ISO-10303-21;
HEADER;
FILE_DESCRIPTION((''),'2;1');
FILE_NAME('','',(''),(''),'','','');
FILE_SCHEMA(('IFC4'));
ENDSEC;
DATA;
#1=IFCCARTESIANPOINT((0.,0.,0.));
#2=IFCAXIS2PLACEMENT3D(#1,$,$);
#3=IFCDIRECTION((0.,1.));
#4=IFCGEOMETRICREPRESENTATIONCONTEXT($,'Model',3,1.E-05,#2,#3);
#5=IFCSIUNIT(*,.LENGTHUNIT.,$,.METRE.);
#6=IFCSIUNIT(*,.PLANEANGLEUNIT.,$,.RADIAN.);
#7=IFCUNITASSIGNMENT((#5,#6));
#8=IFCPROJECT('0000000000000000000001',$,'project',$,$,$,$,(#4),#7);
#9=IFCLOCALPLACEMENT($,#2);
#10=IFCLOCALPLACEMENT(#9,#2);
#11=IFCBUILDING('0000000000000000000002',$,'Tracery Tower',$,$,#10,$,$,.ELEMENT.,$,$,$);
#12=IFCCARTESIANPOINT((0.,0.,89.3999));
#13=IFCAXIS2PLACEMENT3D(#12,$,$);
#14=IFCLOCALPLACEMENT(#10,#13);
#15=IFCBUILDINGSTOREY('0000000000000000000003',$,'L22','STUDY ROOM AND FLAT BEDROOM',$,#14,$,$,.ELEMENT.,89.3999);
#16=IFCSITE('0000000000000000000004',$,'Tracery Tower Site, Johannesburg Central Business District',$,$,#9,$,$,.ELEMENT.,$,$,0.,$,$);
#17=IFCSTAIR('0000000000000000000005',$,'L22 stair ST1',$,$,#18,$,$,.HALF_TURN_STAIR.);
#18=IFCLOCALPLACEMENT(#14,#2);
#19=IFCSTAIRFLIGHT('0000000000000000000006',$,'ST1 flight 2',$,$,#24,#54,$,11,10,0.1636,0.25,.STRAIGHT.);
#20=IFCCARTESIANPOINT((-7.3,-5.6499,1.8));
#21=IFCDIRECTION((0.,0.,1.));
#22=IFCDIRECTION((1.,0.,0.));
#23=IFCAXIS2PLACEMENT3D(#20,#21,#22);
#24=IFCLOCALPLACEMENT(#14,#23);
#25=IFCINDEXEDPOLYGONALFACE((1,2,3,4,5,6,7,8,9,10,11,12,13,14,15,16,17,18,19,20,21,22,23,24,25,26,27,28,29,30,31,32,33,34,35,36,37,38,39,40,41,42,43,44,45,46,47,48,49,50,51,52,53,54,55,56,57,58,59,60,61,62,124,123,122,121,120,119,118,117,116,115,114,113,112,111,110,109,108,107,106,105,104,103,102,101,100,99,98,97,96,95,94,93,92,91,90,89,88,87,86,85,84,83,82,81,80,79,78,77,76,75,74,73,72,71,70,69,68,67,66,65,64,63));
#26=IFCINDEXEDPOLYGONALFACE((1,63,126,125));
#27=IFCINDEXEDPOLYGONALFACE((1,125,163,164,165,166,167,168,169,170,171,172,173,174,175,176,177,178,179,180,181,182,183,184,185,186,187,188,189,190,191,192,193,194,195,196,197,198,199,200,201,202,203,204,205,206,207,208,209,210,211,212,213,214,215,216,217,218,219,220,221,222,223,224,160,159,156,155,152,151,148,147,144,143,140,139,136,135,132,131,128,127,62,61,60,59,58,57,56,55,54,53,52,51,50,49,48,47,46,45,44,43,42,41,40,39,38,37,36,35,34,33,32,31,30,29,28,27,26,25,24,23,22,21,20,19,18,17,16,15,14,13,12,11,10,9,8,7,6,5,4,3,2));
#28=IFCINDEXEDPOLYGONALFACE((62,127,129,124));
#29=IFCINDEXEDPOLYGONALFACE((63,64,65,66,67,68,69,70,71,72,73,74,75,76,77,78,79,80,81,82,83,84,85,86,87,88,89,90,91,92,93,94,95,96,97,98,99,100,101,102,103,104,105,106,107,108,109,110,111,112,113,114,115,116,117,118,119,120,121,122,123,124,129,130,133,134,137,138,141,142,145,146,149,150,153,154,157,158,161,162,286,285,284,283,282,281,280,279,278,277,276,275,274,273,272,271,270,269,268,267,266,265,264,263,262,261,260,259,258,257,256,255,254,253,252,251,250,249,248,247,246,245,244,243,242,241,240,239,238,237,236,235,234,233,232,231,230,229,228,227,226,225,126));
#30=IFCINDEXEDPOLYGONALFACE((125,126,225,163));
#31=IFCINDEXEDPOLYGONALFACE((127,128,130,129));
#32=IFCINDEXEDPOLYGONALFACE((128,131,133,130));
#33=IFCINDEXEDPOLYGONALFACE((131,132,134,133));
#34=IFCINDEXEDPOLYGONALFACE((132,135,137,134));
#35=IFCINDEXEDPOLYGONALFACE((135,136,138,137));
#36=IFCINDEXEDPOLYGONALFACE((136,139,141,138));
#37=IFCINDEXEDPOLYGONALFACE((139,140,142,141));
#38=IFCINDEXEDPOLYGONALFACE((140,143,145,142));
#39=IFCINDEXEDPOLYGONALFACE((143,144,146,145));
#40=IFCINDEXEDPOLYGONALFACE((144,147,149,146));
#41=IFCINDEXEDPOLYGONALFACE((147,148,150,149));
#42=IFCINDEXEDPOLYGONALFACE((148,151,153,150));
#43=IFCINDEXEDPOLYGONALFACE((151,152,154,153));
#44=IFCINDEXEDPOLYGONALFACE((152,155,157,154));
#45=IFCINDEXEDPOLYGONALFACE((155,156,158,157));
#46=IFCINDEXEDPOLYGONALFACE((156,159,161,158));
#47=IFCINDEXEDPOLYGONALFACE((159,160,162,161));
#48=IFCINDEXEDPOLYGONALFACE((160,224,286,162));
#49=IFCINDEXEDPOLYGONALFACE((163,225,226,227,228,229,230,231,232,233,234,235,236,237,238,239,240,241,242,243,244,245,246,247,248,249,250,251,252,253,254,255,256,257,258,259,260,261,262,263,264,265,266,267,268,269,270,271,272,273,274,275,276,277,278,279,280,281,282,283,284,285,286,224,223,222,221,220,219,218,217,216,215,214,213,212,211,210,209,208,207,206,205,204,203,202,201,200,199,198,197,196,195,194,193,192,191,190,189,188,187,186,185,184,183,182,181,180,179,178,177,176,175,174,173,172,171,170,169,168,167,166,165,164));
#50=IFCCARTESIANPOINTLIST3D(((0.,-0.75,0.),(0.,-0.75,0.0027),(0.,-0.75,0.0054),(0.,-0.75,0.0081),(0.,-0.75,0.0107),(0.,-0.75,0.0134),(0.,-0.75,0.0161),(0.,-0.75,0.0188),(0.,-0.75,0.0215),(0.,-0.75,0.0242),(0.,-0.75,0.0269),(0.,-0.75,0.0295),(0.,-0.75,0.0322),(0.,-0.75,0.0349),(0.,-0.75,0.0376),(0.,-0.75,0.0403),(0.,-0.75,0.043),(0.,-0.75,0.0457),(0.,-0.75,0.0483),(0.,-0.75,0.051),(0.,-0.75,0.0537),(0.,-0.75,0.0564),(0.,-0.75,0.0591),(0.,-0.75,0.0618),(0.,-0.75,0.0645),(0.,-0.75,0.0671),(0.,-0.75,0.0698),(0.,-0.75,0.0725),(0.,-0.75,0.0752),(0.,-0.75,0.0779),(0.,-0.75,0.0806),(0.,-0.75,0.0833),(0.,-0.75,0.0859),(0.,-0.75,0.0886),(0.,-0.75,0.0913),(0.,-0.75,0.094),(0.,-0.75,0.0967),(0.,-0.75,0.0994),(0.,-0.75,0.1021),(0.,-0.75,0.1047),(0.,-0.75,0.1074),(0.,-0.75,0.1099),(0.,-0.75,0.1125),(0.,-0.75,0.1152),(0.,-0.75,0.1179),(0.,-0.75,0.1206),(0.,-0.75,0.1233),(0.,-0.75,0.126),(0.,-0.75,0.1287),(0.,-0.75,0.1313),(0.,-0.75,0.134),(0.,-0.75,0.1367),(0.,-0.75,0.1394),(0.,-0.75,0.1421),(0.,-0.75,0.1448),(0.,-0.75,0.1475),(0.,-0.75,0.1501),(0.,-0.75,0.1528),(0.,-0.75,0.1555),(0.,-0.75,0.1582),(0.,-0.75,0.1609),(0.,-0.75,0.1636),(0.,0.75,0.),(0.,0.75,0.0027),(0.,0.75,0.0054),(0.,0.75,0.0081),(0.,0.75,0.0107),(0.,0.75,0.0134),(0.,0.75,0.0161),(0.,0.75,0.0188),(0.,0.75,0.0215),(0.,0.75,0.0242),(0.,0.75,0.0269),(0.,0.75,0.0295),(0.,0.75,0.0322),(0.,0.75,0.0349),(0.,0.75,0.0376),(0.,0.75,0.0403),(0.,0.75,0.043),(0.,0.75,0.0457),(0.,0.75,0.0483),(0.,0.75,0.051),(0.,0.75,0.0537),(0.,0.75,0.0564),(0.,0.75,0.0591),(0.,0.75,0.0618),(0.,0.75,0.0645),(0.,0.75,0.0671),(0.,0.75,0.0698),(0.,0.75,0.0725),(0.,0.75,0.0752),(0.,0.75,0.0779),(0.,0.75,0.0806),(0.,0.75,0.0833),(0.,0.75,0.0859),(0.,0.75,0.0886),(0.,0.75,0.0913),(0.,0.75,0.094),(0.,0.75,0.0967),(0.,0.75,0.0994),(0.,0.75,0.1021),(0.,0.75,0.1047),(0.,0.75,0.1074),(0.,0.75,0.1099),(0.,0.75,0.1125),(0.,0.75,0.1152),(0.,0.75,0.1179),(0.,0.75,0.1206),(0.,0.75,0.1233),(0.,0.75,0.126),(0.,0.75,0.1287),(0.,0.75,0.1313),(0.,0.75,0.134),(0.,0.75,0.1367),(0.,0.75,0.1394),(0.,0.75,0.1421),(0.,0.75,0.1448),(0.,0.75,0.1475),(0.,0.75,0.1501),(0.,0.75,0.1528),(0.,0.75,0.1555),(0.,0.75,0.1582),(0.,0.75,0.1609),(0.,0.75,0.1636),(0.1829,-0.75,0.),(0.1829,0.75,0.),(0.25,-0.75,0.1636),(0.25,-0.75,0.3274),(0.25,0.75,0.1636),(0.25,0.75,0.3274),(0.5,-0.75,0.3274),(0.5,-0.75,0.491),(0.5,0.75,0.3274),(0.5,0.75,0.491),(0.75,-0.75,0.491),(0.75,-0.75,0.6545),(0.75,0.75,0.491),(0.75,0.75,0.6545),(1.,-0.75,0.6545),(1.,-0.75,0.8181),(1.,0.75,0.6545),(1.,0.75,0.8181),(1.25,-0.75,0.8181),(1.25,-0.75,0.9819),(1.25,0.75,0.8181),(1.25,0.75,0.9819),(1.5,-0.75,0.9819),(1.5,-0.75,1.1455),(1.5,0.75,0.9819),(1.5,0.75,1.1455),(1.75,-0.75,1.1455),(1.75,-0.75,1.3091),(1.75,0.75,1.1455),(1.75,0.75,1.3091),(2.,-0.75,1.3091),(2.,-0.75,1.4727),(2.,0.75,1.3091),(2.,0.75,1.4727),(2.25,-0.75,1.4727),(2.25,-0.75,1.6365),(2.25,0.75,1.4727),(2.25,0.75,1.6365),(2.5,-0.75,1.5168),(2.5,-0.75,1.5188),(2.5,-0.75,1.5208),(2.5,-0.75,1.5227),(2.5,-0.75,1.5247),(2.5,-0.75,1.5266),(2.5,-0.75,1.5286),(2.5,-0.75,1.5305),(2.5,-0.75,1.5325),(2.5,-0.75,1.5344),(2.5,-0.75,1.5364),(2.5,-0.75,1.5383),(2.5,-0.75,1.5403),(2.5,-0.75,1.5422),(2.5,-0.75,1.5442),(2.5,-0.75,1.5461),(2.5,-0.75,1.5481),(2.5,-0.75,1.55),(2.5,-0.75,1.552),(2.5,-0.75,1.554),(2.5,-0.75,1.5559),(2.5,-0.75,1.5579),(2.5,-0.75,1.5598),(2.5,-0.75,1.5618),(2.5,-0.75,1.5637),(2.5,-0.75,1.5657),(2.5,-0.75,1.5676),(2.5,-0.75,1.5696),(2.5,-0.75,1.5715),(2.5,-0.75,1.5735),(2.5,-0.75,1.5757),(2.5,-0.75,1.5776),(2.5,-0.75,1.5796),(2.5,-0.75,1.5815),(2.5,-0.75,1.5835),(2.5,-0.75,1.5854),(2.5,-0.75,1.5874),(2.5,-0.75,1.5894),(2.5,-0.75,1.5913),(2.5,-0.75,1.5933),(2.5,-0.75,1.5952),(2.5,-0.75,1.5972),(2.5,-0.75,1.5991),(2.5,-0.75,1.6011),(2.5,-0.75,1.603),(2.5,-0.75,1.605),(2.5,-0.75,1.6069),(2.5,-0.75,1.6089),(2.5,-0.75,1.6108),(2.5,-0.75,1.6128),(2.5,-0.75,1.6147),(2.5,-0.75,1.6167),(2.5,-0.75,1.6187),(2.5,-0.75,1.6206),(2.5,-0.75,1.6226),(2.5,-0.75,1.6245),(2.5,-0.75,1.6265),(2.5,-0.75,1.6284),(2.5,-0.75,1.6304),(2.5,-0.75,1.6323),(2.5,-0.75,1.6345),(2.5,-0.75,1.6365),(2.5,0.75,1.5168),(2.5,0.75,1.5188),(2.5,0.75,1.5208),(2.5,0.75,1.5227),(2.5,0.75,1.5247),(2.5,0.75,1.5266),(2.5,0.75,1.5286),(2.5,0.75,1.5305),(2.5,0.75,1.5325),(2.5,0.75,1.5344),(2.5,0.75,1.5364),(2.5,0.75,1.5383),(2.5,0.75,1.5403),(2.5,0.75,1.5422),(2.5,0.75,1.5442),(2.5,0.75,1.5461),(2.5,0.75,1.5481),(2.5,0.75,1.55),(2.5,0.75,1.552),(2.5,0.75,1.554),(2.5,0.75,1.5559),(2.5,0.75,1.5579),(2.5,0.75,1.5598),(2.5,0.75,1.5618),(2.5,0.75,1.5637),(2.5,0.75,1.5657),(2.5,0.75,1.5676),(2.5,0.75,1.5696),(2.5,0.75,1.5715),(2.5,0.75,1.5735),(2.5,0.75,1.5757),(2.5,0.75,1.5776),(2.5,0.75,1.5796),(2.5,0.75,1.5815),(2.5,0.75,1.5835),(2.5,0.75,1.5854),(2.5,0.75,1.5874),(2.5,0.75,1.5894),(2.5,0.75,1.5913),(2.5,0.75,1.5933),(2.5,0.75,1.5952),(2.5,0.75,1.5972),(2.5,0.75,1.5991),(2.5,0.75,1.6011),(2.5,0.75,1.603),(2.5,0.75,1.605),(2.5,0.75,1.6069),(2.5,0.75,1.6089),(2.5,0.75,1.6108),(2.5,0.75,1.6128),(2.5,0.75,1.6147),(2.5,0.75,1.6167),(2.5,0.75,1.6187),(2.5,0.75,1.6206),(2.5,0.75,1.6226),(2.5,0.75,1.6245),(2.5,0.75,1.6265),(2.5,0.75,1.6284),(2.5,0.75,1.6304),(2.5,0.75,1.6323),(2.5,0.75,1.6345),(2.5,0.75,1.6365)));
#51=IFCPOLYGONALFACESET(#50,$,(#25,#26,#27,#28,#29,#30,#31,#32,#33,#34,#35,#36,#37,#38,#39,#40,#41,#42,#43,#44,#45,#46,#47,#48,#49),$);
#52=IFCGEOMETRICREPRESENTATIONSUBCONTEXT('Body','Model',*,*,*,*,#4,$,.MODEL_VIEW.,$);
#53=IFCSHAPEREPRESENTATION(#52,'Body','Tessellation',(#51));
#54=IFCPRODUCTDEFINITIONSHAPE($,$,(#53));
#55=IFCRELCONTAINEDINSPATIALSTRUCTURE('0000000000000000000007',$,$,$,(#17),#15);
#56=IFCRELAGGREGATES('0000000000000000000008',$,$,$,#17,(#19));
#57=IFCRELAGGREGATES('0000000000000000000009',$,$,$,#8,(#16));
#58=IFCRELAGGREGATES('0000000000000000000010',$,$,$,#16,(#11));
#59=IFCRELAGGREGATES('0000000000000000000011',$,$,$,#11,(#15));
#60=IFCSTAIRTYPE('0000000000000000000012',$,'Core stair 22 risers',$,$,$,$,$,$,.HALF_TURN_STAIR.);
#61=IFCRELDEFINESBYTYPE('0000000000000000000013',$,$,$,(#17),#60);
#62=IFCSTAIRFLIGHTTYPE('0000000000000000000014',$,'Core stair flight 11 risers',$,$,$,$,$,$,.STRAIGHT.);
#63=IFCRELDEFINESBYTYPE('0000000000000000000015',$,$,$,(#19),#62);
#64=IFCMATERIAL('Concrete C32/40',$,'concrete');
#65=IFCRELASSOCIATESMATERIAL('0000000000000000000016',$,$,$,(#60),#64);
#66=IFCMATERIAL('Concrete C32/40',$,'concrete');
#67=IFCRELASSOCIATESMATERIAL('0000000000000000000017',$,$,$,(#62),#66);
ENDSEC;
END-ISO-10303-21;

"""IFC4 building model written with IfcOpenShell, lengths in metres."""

from ifc_helpers import new_model, si_unit, direction, frame, origin, place, context, subcontext, project, spatial, polyline, outline, extrude, material, type_object, element, aggregate, save


model = new_model("IFC4")

# Units and contexts
model_context = context("Model", 3, precision=1e-05, world=origin(), true_north=direction((0.0, 1.0)))
body_context = subcontext(model_context, "Body", "Model", "MODEL_VIEW")
ifc_project = project(units=[si_unit("LENGTHUNIT", "METRE"), si_unit("PLANEANGLEUNIT", "RADIAN")], contexts=[model_context])

# Site, building, storey
site_placement = place(None, origin())
site = spatial("IfcSite", under=ifc_project, at=site_placement, Name="Tracery Tower Site, Johannesburg Central Business District", CompositionType="ELEMENT", RefElevation=0.0)
building_placement = place(site_placement, origin())
building = spatial("IfcBuilding", under=site, at=building_placement, Name="Tracery Tower", CompositionType="ELEMENT")
storey_placement = place(building_placement, frame((0.0, 0.0, 89.3999)))
storey = spatial("IfcBuildingStorey", under=building, at=storey_placement, Name="L22", Description="STUDY ROOM AND FLAT BEDROOM", CompositionType="ELEMENT", Elevation=89.3999)

# Stair, stair flight
ifc_material_1 = material(Name="Concrete C32/40", Category="concrete")
stair_type = type_object("IfcStairType", Name="Core stair 22 risers", PredefinedType="HALF_TURN_STAIR", material=ifc_material_1)
stair_placement = place(storey_placement, origin())
stair = element("IfcStair", 1, at=stair_placement, inside=storey, type_object=stair_type, Name="L22 stair ST1", PredefinedType="HALF_TURN_STAIR")
ifc_material_2 = material(Name="Concrete C32/40", Category="concrete")
stair_flight_type = type_object("IfcStairFlightType", Name="Core stair flight 11 risers", PredefinedType="STRAIGHT", material=ifc_material_2)
stair_flight_1_placement = place(storey_placement, frame((-7.3, -5.6499, 1.8), z_axis=(0.0, 0.0, 1.0), x_axis=(1.0, 0.0, 0.0)))
stair_flight_1 = element("IfcStairFlight", 2, at=stair_flight_1_placement, type_object=stair_flight_type, Name="ST1 flight 2", NumberOfRisers=11, NumberOfTreads=10, PredefinedType="STRAIGHT", RiserHeight=0.1636, TreadLength=0.25, context=body_context, shape_type="SweptSolid", body=[
    extrude(outline(polyline([(0.0, 0.0), (0.0, 0.0027), (0.0, 0.0054), (0.0, 0.0081), (0.0, 0.0107), (0.0, 0.0134), (0.0, 0.0161), (0.0, 0.0188), (0.0, 0.0215), (0.0, 0.0242), (0.0, 0.0269), (0.0, 0.0295), (0.0, 0.0322), (0.0, 0.0349), (0.0, 0.0376), (0.0, 0.0403), (0.0, 0.043), (0.0, 0.0457), (0.0, 0.0483), (0.0, 0.051), (0.0, 0.0537), (0.0, 0.0564), (0.0, 0.0591), (0.0, 0.0618), (0.0, 0.0645), (0.0, 0.0671), (0.0, 0.0698), (0.0, 0.0725), (0.0, 0.0752), (0.0, 0.0779), (0.0, 0.0806), (0.0, 0.0833), (0.0, 0.0859), (0.0, 0.0886), (0.0, 0.0913), (0.0, 0.094), (0.0, 0.0967), (0.0, 0.0994), (0.0, 0.1021), (0.0, 0.1047), (0.0, 0.1074), (0.0, 0.1099), (0.0, 0.1125), (0.0, 0.1152), (0.0, 0.1179), (0.0, 0.1206), (0.0, 0.1233), (0.0, 0.126), (0.0, 0.1287), (0.0, 0.1313), (0.0, 0.134), (0.0, 0.1367), (0.0, 0.1394), (0.0, 0.1421), (0.0, 0.1448), (0.0, 0.1475), (0.0, 0.1501), (0.0, 0.1528), (0.0, 0.1555), (0.0, 0.1582), (0.0, 0.1609), (0.0, 0.1636), (0.25, 0.1636), (0.25, 0.3274), (0.5, 0.3274), (0.5, 0.491), (0.75, 0.491), (0.75, 0.6545), (1.0, 0.6545), (1.0, 0.8181), (1.25, 0.8181), (1.25, 0.9819), (1.5, 0.9819), (1.5, 1.1455), (1.75, 1.1455), (1.75, 1.3091), (2.0, 1.3091), (2.0, 1.4727), (2.25, 1.4727), (2.25, 1.6365), (2.5, 1.6365), (2.5, 1.6345), (2.5, 1.6323), (2.5, 1.6304), (2.5, 1.6284), (2.5, 1.6265), (2.5, 1.6245), (2.5, 1.6226), (2.5, 1.6206), (2.5, 1.6187), (2.5, 1.6167), (2.5, 1.6147), (2.5, 1.6128), (2.5, 1.6108), (2.5, 1.6089), (2.5, 1.6069), (2.5, 1.605), (2.5, 1.603), (2.5, 1.6011), (2.5, 1.5991), (2.5, 1.5972), (2.5, 1.5952), (2.5, 1.5933), (2.5, 1.5913), (2.5, 1.5894), (2.5, 1.5874), (2.5, 1.5854), (2.5, 1.5835), (2.5, 1.5815), (2.5, 1.5796), (2.5, 1.5776), (2.5, 1.5757), (2.5, 1.5735), (2.5, 1.5715), (2.5, 1.5696), (2.5, 1.5676), (2.5, 1.5657), (2.5, 1.5637), (2.5, 1.5618), (2.5, 1.5598), (2.5, 1.5579), (2.5, 1.5559), (2.5, 1.554), (2.5, 1.552), (2.5, 1.55), (2.5, 1.5481), (2.5, 1.5461), (2.5, 1.5442), (2.5, 1.5422), (2.5, 1.5403), (2.5, 1.5383), (2.5, 1.5364), (2.5, 1.5344), (2.5, 1.5325), (2.5, 1.5305), (2.5, 1.5286), (2.5, 1.5266), (2.5, 1.5247), (2.5, 1.5227), (2.5, 1.5208), (2.5, 1.5188), (2.5, 1.5168), (0.1829, 0.0), (0.0, 0.0)])), frame((0.0, 0.75, 0.0), z_axis=(0.0, -1.0, 0.0), x_axis=(1.0, 0.0, 0.0)), (0.0, 0.0, 1.0), 1.5),
])
aggregate(stair, [stair_flight_1])

save(model, "model.ifc")
